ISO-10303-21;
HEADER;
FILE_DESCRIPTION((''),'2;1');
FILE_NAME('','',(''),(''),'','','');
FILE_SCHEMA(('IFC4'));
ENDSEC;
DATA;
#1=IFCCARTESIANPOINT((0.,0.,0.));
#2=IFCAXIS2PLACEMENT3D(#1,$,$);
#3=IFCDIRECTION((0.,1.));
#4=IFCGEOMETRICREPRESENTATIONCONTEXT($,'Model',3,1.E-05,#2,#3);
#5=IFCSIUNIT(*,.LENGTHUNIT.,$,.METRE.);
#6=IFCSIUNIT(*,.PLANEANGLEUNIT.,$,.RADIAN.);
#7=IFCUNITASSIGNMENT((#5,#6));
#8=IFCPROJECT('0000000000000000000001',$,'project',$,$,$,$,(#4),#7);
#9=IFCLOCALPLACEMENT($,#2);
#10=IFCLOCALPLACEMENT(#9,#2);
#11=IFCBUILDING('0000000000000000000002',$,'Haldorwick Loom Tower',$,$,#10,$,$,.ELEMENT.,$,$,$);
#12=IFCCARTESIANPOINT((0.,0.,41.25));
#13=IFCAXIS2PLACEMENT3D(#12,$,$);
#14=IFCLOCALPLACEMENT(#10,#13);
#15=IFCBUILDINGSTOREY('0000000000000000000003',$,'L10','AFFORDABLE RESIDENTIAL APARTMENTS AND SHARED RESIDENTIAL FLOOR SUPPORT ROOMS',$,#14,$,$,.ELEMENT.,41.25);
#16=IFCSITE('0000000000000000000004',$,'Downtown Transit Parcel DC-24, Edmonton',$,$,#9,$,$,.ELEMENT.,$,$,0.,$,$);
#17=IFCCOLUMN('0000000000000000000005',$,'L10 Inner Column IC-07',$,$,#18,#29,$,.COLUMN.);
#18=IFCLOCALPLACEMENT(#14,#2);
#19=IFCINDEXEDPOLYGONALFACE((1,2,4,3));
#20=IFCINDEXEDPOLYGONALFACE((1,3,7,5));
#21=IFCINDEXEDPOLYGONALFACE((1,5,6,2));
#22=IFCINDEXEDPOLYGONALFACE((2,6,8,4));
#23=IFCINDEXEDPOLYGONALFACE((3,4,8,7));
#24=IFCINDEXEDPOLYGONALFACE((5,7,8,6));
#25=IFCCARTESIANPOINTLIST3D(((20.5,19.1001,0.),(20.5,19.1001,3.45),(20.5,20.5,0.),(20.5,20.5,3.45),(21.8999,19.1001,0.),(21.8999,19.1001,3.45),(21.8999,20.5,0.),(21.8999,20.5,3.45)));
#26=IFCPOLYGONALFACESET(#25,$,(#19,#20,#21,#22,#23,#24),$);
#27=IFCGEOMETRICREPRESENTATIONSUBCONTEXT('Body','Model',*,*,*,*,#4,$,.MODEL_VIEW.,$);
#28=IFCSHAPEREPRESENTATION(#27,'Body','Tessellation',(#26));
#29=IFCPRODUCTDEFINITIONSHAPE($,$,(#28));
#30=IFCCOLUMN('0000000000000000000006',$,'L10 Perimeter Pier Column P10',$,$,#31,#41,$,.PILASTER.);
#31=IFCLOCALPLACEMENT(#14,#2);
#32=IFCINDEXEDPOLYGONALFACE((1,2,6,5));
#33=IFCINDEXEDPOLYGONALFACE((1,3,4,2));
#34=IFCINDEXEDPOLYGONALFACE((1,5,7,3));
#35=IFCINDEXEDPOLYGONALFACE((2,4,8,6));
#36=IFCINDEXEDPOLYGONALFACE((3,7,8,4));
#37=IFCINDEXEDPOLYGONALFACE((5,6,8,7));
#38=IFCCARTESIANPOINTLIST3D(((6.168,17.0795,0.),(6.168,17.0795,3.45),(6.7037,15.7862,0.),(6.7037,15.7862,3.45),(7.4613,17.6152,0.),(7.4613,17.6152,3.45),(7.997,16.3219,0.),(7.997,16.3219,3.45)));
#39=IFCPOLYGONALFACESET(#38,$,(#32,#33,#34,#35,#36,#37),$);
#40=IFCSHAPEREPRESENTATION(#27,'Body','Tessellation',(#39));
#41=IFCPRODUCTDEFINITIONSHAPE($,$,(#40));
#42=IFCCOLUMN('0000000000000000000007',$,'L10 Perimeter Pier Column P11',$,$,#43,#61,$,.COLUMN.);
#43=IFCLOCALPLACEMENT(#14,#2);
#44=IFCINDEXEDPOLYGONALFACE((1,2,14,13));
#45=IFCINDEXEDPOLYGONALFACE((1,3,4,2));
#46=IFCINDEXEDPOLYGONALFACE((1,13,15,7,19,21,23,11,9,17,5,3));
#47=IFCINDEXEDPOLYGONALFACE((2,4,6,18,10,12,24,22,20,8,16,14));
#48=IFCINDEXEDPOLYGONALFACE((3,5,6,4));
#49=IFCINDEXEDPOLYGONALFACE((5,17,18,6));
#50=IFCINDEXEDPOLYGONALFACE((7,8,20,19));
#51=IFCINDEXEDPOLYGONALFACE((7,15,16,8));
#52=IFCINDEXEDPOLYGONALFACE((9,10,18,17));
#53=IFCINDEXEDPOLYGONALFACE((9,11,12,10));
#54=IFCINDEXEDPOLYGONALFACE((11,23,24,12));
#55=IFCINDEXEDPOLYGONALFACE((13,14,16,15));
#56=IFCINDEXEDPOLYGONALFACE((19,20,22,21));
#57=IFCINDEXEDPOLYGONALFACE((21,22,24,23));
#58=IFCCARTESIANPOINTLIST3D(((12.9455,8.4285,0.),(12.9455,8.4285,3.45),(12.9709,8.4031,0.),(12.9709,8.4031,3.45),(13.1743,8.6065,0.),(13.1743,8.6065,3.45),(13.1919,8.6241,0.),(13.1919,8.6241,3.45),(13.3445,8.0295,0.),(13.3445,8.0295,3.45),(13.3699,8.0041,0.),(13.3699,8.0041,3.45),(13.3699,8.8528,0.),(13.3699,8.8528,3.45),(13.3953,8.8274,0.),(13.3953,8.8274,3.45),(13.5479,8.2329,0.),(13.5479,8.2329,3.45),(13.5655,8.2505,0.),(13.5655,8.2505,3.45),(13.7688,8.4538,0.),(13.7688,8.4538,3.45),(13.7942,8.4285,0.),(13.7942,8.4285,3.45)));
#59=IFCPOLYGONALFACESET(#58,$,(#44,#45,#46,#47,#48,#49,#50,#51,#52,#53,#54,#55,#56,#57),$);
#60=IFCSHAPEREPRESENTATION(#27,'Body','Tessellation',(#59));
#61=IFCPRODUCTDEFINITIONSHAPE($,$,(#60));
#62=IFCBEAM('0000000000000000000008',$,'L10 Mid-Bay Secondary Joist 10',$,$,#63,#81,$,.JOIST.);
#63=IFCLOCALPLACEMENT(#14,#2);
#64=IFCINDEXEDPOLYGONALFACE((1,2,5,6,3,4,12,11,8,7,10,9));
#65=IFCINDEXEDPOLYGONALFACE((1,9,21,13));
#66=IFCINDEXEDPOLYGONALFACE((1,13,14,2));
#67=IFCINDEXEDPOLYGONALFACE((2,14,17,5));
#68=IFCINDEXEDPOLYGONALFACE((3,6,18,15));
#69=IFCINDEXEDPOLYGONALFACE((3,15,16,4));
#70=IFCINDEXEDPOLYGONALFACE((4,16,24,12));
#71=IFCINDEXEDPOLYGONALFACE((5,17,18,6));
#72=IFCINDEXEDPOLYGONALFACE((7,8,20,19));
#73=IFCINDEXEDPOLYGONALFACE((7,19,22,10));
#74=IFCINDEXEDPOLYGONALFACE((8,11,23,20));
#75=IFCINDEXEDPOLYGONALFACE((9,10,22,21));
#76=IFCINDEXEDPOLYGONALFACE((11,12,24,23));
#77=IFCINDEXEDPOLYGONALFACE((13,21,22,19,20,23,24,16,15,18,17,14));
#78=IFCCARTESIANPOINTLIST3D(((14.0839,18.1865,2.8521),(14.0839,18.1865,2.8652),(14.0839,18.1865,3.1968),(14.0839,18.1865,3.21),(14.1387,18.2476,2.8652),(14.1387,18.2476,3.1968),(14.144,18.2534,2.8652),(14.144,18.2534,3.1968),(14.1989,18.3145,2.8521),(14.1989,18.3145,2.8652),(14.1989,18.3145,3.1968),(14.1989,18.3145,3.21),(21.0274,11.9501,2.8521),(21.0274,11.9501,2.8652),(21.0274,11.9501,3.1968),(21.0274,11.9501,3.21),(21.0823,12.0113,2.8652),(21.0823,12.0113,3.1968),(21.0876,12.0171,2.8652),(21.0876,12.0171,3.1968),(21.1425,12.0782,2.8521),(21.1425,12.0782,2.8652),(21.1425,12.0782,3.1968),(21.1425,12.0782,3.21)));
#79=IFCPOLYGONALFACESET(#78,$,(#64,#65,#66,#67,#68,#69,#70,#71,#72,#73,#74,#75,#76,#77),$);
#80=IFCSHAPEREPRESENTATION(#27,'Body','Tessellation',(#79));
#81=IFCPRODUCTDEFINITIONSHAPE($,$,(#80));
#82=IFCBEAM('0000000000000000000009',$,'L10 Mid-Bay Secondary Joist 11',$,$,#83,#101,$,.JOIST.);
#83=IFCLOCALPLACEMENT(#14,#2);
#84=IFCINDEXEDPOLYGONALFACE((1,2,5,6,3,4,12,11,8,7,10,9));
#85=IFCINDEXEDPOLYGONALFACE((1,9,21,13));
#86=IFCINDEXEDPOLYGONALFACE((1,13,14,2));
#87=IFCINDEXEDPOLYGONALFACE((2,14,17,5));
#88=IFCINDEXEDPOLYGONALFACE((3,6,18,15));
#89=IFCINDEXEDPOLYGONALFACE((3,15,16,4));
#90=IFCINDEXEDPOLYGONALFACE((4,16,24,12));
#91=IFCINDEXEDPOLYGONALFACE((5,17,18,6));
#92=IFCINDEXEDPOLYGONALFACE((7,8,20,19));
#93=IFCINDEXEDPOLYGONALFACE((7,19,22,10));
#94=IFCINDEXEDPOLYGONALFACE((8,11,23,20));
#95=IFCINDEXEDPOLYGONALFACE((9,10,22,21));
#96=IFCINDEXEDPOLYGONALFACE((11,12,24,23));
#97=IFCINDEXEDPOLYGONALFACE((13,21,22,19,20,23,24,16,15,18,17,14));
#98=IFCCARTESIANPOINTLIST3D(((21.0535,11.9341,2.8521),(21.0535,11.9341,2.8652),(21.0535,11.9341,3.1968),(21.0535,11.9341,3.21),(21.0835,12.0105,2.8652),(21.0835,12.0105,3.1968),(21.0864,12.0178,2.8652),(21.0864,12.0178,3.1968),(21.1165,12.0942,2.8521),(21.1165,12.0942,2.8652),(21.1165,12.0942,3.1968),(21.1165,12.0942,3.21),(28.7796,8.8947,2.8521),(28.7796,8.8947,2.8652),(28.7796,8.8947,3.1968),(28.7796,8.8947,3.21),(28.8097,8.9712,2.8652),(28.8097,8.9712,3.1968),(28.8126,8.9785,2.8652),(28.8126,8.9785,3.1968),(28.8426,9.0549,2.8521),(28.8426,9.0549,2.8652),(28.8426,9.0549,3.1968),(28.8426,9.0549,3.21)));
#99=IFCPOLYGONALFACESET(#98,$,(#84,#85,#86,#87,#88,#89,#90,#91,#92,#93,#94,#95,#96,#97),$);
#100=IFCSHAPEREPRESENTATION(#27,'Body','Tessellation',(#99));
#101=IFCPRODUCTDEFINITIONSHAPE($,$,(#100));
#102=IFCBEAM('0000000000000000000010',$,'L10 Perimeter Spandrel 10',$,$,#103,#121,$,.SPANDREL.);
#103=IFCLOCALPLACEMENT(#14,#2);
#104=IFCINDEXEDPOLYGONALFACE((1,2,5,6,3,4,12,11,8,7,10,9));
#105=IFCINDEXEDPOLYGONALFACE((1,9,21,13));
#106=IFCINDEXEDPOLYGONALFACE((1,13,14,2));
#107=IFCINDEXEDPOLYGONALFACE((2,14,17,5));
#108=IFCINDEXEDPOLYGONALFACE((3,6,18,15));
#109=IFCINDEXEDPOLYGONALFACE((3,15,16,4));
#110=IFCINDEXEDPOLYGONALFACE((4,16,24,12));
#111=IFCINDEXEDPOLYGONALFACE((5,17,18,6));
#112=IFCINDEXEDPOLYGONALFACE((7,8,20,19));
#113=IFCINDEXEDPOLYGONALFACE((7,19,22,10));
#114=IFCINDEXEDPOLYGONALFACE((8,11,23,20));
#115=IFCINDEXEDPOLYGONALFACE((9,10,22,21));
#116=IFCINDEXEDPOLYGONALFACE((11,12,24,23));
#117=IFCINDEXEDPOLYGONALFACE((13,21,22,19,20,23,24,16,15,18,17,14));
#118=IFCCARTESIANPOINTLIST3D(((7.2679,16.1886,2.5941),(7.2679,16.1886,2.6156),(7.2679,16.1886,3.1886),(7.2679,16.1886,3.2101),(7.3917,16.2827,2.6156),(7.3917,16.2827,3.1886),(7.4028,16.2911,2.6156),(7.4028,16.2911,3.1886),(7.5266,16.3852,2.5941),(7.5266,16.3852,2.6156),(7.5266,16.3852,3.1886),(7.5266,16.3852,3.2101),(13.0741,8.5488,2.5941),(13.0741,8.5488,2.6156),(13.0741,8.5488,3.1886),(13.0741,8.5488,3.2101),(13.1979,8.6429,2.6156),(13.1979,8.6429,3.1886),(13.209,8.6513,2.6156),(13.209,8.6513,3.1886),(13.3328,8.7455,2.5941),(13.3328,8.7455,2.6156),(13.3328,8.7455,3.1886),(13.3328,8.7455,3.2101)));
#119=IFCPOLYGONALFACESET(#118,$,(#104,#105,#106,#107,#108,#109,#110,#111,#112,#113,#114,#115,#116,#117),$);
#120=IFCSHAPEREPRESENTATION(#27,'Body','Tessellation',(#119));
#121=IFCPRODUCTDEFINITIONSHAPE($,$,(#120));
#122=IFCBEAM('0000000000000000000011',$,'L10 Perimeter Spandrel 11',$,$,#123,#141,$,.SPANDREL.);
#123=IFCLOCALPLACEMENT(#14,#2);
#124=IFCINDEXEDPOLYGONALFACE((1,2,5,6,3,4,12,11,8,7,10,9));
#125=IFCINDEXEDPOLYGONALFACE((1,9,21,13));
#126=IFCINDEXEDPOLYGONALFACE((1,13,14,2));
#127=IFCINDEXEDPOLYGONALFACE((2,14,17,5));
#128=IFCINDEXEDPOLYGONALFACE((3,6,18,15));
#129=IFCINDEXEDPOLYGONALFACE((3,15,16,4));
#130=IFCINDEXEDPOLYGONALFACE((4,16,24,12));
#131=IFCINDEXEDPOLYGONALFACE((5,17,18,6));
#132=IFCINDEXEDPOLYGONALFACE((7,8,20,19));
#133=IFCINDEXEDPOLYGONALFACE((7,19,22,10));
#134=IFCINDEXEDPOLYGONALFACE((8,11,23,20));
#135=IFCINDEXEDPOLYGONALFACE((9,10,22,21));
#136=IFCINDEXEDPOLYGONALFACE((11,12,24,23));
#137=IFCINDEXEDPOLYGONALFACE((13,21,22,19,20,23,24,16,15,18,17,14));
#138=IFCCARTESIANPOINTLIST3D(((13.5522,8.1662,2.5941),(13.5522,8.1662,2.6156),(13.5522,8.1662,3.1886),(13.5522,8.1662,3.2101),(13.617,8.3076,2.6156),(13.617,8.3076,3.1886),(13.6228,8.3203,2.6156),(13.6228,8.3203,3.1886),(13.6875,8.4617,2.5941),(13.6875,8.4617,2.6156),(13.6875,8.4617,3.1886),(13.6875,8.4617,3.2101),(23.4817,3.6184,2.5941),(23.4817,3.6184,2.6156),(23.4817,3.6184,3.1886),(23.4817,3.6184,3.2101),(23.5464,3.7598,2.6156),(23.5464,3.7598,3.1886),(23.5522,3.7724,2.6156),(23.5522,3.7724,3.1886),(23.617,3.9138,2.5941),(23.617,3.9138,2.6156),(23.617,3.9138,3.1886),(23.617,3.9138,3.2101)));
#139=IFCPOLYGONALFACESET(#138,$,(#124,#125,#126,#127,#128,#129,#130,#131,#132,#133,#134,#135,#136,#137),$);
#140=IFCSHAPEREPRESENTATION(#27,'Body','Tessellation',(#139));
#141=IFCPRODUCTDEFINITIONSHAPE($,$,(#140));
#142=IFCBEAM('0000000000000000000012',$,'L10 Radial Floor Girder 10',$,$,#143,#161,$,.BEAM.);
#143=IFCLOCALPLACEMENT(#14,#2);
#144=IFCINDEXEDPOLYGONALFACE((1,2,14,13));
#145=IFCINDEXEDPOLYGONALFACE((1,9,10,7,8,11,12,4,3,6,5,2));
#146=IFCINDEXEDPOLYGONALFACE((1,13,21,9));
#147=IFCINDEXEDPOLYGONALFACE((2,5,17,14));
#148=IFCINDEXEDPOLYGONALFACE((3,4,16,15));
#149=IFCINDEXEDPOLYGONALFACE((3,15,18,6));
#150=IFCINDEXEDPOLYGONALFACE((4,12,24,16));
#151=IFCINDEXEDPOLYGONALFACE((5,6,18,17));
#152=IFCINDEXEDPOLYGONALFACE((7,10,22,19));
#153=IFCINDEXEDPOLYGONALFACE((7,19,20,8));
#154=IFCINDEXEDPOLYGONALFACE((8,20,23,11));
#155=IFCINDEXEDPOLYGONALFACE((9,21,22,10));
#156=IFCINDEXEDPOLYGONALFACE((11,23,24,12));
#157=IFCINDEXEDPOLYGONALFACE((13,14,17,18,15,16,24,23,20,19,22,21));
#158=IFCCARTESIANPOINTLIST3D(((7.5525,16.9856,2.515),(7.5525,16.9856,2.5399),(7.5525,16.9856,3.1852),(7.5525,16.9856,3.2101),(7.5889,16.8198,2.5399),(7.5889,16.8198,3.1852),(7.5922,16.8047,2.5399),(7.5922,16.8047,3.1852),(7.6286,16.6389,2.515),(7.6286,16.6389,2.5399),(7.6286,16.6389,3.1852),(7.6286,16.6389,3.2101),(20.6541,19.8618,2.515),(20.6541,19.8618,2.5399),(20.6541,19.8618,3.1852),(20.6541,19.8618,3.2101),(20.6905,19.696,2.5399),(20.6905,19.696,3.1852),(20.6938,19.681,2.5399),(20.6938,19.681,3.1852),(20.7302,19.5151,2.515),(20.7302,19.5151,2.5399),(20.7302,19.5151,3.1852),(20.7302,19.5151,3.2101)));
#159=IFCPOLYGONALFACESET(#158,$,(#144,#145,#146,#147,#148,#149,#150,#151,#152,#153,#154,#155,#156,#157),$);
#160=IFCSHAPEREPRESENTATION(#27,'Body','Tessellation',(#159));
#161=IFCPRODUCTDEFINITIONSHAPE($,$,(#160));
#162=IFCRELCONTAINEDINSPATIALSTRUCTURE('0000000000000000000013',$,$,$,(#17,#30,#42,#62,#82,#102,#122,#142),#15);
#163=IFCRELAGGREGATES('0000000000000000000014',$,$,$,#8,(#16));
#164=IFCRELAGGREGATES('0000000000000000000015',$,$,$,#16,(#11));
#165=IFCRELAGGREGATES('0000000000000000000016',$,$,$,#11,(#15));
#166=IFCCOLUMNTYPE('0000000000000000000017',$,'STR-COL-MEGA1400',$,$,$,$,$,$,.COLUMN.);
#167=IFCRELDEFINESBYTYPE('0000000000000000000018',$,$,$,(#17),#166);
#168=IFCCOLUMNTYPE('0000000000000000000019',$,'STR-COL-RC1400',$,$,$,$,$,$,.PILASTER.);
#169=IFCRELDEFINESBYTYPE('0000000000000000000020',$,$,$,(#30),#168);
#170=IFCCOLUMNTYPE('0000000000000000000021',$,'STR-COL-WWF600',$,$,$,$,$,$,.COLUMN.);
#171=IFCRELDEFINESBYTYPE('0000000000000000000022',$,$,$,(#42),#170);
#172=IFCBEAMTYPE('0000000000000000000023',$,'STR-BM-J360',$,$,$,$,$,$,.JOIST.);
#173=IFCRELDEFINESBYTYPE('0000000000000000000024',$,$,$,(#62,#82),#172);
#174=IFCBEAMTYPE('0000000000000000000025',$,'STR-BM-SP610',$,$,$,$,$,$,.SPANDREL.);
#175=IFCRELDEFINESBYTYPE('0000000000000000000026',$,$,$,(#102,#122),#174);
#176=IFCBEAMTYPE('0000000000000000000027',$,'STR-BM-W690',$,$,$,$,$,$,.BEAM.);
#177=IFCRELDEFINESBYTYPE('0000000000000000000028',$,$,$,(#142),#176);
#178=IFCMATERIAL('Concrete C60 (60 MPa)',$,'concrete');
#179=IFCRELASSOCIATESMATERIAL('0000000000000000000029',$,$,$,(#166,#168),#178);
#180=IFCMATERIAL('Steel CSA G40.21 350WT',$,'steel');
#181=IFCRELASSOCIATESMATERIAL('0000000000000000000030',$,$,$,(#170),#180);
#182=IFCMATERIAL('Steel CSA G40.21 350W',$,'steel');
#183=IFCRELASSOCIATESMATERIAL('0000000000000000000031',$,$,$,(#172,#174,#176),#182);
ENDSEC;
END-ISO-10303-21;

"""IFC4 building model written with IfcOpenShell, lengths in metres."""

from ifc_helpers import new_model, si_unit, direction, frame, origin, origin_2d, place, context, subcontext, project, spatial, rectangle, i_section, extrude, material, material_profile, profile_set, type_object, element, save


model = new_model("IFC4")

# Units and contexts
model_context = context("Model", 3, precision=1e-05, world=origin(), true_north=direction((0.0, 1.0)))
body_context = subcontext(model_context, "Body", "Model", "MODEL_VIEW")
ifc_project = project(units=[si_unit("LENGTHUNIT", "METRE"), si_unit("PLANEANGLEUNIT", "RADIAN")], contexts=[model_context])

# Site, building, storey
site_placement = place(None, origin())
site = spatial("IfcSite", under=ifc_project, at=site_placement, Name="Downtown Transit Parcel DC-24, Edmonton", CompositionType="ELEMENT", RefElevation=0.0)
building_placement = place(site_placement, origin())
building = spatial("IfcBuilding", under=site, at=building_placement, Name="Haldorwick Loom Tower", CompositionType="ELEMENT")
storey_placement = place(building_placement, frame((0.0, 0.0, 41.25)))
storey = spatial("IfcBuildingStorey", under=building, at=storey_placement, Name="L10", Description="AFFORDABLE RESIDENTIAL APARTMENTS AND SHARED RESIDENTIAL FLOOR SUPPORT ROOMS", CompositionType="ELEMENT", Elevation=41.25)

# Columns
ifc_material_1 = material(Name="Concrete C60 (60 MPa)", Category="concrete")
ifc_material_profile_1 = material_profile(ifc_material_1, rectangle(XDim=1.3999, YDim=1.3999, at=origin_2d()), Name="RC1400X1400", Category="concrete")
ifc_profile_set_1 = profile_set([ifc_material_profile_1], Name="Concrete C60 (60 MPa)")
column_type_1 = type_object("IfcColumnType", Name="STR-COL-MEGA1400", PredefinedType="COLUMN", material=ifc_profile_set_1)
column_1_placement = place(storey_placement, frame((21.2, 19.8, 0.0), z_axis=(0.0, 0.0, 1.0), x_axis=(1.0, 0.0, 0.0)))
element("IfcColumn", 1, at=column_1_placement, inside=storey, type_object=column_type_1, Name="L10 Inner Column IC-07", PredefinedType="COLUMN", context=body_context, shape_type="SweptSolid", body=[
    extrude(rectangle(XDim=1.3999, YDim=1.3999, at=origin_2d()), origin(), (0.0, 0.0, 1.0), 3.45),
])
ifc_material_profile_2 = material_profile(ifc_material_1, rectangle(XDim=1.3999, YDim=1.3999, at=origin_2d()), Name="RC1400X1400", Category="concrete")
ifc_profile_set_2 = profile_set([ifc_material_profile_2], Name="Concrete C60 (60 MPa)")
column_type_2 = type_object("IfcColumnType", Name="STR-COL-RC1400", PredefinedType="PILASTER", material=ifc_profile_set_2)
column_2_placement = place(storey_placement, frame((7.0825, 16.7007, 0.0), z_axis=(0.0, 0.0, 1.0), x_axis=(-0.92388, -0.382683, 0.0)))
element("IfcColumn", 2, at=column_2_placement, inside=storey, type_object=column_type_2, Name="L10 Perimeter Pier Column P10", PredefinedType="PILASTER", context=body_context, shape_type="SweptSolid", body=[
    extrude(rectangle(XDim=1.3999, YDim=1.3999, at=origin_2d()), origin(), (0.0, 0.0, 1.0), 3.45),
])
ifc_material_2 = material(Name="Steel CSA G40.21 350WT", Category="steel")
ifc_material_profile_3 = material_profile(ifc_material_2, i_section(OverallWidth=0.6001, OverallDepth=0.6001, WebThickness=0.0249, FlangeThickness=0.0359, at=origin_2d()), Name="WWF600X600", Category="steel")
ifc_profile_set_3 = profile_set([ifc_material_profile_3], Name="Steel CSA G40.21 350WT")
column_type_3 = type_object("IfcColumnType", Name="STR-COL-WWF600", PredefinedType="COLUMN", material=ifc_profile_set_3)
column_3_placement = place(storey_placement, frame((13.3699, 8.4285, 0.0), z_axis=(0.0, 0.0, 1.0), x_axis=(-0.707107, -0.707107, 0.0)))
element("IfcColumn", 3, at=column_3_placement, inside=storey, type_object=column_type_3, Name="L10 Perimeter Pier Column P11", PredefinedType="COLUMN", context=body_context, shape_type="SweptSolid", body=[
    extrude(i_section(OverallWidth=0.6001, OverallDepth=0.6001, WebThickness=0.0249, FlangeThickness=0.0359, at=origin_2d()), origin(), (0.0, 0.0, 1.0), 3.45),
])

# Beams
ifc_material_3 = material(Name="Steel CSA G40.21 350W", Category="steel")
ifc_material_profile_4 = material_profile(ifc_material_3, i_section(OverallWidth=0.1721, OverallDepth=0.3579, WebThickness=0.0078, FlangeThickness=0.0132, at=origin_2d()), Name="W360X57", Category="steel")
ifc_profile_set_4 = profile_set([ifc_material_profile_4], Name="Steel CSA G40.21 350W")
beam_type_1 = type_object("IfcBeamType", Name="STR-BM-J360", PredefinedType="JOIST", material=ifc_profile_set_4)
beam_1_placement = place(storey_placement, frame((14.1414, 18.2505, 3.031), z_axis=(0.743982, -0.6682, 0.0), x_axis=(0.6682, 0.743982, 0.0)))
element("IfcBeam", 4, at=beam_1_placement, inside=storey, type_object=beam_type_1, Name="L10 Mid-Bay Secondary Joist 10", PredefinedType="JOIST", context=body_context, shape_type="SweptSolid", body=[
    extrude(i_section(OverallWidth=0.1721, OverallDepth=0.3579, WebThickness=0.0078, FlangeThickness=0.0132, at=origin_2d()), origin(), (0.0, 0.0, 1.0), 9.333),
])
beam_2_placement = place(storey_placement, frame((21.085, 12.0142, 3.031), z_axis=(0.930585, -0.366076, 0.0), x_axis=(0.366076, 0.930585, 0.0)))
element("IfcBeam", 5, at=beam_2_placement, inside=storey, type_object=beam_type_1, Name="L10 Mid-Bay Secondary Joist 11", PredefinedType="JOIST", context=body_context, shape_type="SweptSolid", body=[
    extrude(i_section(OverallWidth=0.1721, OverallDepth=0.3579, WebThickness=0.0078, FlangeThickness=0.0132, at=origin_2d()), origin(), (0.0, 0.0, 1.0), 8.3025),
])
ifc_material_profile_5 = material_profile(ifc_material_3, i_section(OverallWidth=0.325, OverallDepth=0.616, WebThickness=0.0139, FlangeThickness=0.0215, at=origin_2d()), Name="W610X174", Category="steel")
ifc_profile_set_5 = profile_set([ifc_material_profile_5], Name="Steel CSA G40.21 350W")
beam_type_2 = type_object("IfcBeamType", Name="STR-BM-SP610", PredefinedType="SPANDREL", material=ifc_profile_set_5)
beam_3_placement = place(storey_placement, frame((7.3972, 16.2869, 2.9021), z_axis=(0.605085, -0.796161, 0.0), x_axis=(0.796161, 0.605085, 0.0)))
element("IfcBeam", 6, at=beam_3_placement, inside=storey, type_object=beam_type_2, Name="L10 Perimeter Spandrel 10", PredefinedType="SPANDREL", context=body_context, shape_type="SweptSolid", body=[
    extrude(i_section(OverallWidth=0.325, OverallDepth=0.616, WebThickness=0.0139, FlangeThickness=0.0215, at=origin_2d()), origin(), (0.0, 0.0, 1.0), 9.5957),
])
beam_4_placement = place(storey_placement, frame((13.6199, 8.314, 2.9021), z_axis=(0.909174, -0.416417, 0.0), x_axis=(0.416417, 0.909174, 0.0)))
element("IfcBeam", 7, at=beam_4_placement, inside=storey, type_object=beam_type_2, Name="L10 Perimeter Spandrel 11", PredefinedType="SPANDREL", context=body_context, shape_type="SweptSolid", body=[
    extrude(i_section(OverallWidth=0.325, OverallDepth=0.616, WebThickness=0.0139, FlangeThickness=0.0215, at=origin_2d()), origin(), (0.0, 0.0, 1.0), 10.9214),
])
ifc_material_profile_6 = material_profile(ifc_material_3, i_section(OverallWidth=0.355, OverallDepth=0.6951, WebThickness=0.0154, FlangeThickness=0.0249, at=origin_2d()), Name="W690X217", Category="steel")
ifc_profile_set_6 = profile_set([ifc_material_profile_6], Name="Steel CSA G40.21 350W")
beam_type_3 = type_object("IfcBeamType", Name="STR-BM-W690", PredefinedType="BEAM", material=ifc_profile_set_6)
beam_5_placement = place(storey_placement, frame((20.6921, 19.6885, 2.8625), z_axis=(-0.97674, -0.214426, 0.0), x_axis=(0.214426, -0.97674, 0.0)))
element("IfcBeam", 8, at=beam_5_placement, inside=storey, type_object=beam_type_3, Name="L10 Radial Floor Girder 10", PredefinedType="BEAM", context=body_context, shape_type="SweptSolid", body=[
    extrude(i_section(OverallWidth=0.355, OverallDepth=0.6951, WebThickness=0.0154, FlangeThickness=0.0249, at=origin_2d()), origin(), (0.0, 0.0, 1.0), 13.4136),
])

save(model, "model.ifc")
